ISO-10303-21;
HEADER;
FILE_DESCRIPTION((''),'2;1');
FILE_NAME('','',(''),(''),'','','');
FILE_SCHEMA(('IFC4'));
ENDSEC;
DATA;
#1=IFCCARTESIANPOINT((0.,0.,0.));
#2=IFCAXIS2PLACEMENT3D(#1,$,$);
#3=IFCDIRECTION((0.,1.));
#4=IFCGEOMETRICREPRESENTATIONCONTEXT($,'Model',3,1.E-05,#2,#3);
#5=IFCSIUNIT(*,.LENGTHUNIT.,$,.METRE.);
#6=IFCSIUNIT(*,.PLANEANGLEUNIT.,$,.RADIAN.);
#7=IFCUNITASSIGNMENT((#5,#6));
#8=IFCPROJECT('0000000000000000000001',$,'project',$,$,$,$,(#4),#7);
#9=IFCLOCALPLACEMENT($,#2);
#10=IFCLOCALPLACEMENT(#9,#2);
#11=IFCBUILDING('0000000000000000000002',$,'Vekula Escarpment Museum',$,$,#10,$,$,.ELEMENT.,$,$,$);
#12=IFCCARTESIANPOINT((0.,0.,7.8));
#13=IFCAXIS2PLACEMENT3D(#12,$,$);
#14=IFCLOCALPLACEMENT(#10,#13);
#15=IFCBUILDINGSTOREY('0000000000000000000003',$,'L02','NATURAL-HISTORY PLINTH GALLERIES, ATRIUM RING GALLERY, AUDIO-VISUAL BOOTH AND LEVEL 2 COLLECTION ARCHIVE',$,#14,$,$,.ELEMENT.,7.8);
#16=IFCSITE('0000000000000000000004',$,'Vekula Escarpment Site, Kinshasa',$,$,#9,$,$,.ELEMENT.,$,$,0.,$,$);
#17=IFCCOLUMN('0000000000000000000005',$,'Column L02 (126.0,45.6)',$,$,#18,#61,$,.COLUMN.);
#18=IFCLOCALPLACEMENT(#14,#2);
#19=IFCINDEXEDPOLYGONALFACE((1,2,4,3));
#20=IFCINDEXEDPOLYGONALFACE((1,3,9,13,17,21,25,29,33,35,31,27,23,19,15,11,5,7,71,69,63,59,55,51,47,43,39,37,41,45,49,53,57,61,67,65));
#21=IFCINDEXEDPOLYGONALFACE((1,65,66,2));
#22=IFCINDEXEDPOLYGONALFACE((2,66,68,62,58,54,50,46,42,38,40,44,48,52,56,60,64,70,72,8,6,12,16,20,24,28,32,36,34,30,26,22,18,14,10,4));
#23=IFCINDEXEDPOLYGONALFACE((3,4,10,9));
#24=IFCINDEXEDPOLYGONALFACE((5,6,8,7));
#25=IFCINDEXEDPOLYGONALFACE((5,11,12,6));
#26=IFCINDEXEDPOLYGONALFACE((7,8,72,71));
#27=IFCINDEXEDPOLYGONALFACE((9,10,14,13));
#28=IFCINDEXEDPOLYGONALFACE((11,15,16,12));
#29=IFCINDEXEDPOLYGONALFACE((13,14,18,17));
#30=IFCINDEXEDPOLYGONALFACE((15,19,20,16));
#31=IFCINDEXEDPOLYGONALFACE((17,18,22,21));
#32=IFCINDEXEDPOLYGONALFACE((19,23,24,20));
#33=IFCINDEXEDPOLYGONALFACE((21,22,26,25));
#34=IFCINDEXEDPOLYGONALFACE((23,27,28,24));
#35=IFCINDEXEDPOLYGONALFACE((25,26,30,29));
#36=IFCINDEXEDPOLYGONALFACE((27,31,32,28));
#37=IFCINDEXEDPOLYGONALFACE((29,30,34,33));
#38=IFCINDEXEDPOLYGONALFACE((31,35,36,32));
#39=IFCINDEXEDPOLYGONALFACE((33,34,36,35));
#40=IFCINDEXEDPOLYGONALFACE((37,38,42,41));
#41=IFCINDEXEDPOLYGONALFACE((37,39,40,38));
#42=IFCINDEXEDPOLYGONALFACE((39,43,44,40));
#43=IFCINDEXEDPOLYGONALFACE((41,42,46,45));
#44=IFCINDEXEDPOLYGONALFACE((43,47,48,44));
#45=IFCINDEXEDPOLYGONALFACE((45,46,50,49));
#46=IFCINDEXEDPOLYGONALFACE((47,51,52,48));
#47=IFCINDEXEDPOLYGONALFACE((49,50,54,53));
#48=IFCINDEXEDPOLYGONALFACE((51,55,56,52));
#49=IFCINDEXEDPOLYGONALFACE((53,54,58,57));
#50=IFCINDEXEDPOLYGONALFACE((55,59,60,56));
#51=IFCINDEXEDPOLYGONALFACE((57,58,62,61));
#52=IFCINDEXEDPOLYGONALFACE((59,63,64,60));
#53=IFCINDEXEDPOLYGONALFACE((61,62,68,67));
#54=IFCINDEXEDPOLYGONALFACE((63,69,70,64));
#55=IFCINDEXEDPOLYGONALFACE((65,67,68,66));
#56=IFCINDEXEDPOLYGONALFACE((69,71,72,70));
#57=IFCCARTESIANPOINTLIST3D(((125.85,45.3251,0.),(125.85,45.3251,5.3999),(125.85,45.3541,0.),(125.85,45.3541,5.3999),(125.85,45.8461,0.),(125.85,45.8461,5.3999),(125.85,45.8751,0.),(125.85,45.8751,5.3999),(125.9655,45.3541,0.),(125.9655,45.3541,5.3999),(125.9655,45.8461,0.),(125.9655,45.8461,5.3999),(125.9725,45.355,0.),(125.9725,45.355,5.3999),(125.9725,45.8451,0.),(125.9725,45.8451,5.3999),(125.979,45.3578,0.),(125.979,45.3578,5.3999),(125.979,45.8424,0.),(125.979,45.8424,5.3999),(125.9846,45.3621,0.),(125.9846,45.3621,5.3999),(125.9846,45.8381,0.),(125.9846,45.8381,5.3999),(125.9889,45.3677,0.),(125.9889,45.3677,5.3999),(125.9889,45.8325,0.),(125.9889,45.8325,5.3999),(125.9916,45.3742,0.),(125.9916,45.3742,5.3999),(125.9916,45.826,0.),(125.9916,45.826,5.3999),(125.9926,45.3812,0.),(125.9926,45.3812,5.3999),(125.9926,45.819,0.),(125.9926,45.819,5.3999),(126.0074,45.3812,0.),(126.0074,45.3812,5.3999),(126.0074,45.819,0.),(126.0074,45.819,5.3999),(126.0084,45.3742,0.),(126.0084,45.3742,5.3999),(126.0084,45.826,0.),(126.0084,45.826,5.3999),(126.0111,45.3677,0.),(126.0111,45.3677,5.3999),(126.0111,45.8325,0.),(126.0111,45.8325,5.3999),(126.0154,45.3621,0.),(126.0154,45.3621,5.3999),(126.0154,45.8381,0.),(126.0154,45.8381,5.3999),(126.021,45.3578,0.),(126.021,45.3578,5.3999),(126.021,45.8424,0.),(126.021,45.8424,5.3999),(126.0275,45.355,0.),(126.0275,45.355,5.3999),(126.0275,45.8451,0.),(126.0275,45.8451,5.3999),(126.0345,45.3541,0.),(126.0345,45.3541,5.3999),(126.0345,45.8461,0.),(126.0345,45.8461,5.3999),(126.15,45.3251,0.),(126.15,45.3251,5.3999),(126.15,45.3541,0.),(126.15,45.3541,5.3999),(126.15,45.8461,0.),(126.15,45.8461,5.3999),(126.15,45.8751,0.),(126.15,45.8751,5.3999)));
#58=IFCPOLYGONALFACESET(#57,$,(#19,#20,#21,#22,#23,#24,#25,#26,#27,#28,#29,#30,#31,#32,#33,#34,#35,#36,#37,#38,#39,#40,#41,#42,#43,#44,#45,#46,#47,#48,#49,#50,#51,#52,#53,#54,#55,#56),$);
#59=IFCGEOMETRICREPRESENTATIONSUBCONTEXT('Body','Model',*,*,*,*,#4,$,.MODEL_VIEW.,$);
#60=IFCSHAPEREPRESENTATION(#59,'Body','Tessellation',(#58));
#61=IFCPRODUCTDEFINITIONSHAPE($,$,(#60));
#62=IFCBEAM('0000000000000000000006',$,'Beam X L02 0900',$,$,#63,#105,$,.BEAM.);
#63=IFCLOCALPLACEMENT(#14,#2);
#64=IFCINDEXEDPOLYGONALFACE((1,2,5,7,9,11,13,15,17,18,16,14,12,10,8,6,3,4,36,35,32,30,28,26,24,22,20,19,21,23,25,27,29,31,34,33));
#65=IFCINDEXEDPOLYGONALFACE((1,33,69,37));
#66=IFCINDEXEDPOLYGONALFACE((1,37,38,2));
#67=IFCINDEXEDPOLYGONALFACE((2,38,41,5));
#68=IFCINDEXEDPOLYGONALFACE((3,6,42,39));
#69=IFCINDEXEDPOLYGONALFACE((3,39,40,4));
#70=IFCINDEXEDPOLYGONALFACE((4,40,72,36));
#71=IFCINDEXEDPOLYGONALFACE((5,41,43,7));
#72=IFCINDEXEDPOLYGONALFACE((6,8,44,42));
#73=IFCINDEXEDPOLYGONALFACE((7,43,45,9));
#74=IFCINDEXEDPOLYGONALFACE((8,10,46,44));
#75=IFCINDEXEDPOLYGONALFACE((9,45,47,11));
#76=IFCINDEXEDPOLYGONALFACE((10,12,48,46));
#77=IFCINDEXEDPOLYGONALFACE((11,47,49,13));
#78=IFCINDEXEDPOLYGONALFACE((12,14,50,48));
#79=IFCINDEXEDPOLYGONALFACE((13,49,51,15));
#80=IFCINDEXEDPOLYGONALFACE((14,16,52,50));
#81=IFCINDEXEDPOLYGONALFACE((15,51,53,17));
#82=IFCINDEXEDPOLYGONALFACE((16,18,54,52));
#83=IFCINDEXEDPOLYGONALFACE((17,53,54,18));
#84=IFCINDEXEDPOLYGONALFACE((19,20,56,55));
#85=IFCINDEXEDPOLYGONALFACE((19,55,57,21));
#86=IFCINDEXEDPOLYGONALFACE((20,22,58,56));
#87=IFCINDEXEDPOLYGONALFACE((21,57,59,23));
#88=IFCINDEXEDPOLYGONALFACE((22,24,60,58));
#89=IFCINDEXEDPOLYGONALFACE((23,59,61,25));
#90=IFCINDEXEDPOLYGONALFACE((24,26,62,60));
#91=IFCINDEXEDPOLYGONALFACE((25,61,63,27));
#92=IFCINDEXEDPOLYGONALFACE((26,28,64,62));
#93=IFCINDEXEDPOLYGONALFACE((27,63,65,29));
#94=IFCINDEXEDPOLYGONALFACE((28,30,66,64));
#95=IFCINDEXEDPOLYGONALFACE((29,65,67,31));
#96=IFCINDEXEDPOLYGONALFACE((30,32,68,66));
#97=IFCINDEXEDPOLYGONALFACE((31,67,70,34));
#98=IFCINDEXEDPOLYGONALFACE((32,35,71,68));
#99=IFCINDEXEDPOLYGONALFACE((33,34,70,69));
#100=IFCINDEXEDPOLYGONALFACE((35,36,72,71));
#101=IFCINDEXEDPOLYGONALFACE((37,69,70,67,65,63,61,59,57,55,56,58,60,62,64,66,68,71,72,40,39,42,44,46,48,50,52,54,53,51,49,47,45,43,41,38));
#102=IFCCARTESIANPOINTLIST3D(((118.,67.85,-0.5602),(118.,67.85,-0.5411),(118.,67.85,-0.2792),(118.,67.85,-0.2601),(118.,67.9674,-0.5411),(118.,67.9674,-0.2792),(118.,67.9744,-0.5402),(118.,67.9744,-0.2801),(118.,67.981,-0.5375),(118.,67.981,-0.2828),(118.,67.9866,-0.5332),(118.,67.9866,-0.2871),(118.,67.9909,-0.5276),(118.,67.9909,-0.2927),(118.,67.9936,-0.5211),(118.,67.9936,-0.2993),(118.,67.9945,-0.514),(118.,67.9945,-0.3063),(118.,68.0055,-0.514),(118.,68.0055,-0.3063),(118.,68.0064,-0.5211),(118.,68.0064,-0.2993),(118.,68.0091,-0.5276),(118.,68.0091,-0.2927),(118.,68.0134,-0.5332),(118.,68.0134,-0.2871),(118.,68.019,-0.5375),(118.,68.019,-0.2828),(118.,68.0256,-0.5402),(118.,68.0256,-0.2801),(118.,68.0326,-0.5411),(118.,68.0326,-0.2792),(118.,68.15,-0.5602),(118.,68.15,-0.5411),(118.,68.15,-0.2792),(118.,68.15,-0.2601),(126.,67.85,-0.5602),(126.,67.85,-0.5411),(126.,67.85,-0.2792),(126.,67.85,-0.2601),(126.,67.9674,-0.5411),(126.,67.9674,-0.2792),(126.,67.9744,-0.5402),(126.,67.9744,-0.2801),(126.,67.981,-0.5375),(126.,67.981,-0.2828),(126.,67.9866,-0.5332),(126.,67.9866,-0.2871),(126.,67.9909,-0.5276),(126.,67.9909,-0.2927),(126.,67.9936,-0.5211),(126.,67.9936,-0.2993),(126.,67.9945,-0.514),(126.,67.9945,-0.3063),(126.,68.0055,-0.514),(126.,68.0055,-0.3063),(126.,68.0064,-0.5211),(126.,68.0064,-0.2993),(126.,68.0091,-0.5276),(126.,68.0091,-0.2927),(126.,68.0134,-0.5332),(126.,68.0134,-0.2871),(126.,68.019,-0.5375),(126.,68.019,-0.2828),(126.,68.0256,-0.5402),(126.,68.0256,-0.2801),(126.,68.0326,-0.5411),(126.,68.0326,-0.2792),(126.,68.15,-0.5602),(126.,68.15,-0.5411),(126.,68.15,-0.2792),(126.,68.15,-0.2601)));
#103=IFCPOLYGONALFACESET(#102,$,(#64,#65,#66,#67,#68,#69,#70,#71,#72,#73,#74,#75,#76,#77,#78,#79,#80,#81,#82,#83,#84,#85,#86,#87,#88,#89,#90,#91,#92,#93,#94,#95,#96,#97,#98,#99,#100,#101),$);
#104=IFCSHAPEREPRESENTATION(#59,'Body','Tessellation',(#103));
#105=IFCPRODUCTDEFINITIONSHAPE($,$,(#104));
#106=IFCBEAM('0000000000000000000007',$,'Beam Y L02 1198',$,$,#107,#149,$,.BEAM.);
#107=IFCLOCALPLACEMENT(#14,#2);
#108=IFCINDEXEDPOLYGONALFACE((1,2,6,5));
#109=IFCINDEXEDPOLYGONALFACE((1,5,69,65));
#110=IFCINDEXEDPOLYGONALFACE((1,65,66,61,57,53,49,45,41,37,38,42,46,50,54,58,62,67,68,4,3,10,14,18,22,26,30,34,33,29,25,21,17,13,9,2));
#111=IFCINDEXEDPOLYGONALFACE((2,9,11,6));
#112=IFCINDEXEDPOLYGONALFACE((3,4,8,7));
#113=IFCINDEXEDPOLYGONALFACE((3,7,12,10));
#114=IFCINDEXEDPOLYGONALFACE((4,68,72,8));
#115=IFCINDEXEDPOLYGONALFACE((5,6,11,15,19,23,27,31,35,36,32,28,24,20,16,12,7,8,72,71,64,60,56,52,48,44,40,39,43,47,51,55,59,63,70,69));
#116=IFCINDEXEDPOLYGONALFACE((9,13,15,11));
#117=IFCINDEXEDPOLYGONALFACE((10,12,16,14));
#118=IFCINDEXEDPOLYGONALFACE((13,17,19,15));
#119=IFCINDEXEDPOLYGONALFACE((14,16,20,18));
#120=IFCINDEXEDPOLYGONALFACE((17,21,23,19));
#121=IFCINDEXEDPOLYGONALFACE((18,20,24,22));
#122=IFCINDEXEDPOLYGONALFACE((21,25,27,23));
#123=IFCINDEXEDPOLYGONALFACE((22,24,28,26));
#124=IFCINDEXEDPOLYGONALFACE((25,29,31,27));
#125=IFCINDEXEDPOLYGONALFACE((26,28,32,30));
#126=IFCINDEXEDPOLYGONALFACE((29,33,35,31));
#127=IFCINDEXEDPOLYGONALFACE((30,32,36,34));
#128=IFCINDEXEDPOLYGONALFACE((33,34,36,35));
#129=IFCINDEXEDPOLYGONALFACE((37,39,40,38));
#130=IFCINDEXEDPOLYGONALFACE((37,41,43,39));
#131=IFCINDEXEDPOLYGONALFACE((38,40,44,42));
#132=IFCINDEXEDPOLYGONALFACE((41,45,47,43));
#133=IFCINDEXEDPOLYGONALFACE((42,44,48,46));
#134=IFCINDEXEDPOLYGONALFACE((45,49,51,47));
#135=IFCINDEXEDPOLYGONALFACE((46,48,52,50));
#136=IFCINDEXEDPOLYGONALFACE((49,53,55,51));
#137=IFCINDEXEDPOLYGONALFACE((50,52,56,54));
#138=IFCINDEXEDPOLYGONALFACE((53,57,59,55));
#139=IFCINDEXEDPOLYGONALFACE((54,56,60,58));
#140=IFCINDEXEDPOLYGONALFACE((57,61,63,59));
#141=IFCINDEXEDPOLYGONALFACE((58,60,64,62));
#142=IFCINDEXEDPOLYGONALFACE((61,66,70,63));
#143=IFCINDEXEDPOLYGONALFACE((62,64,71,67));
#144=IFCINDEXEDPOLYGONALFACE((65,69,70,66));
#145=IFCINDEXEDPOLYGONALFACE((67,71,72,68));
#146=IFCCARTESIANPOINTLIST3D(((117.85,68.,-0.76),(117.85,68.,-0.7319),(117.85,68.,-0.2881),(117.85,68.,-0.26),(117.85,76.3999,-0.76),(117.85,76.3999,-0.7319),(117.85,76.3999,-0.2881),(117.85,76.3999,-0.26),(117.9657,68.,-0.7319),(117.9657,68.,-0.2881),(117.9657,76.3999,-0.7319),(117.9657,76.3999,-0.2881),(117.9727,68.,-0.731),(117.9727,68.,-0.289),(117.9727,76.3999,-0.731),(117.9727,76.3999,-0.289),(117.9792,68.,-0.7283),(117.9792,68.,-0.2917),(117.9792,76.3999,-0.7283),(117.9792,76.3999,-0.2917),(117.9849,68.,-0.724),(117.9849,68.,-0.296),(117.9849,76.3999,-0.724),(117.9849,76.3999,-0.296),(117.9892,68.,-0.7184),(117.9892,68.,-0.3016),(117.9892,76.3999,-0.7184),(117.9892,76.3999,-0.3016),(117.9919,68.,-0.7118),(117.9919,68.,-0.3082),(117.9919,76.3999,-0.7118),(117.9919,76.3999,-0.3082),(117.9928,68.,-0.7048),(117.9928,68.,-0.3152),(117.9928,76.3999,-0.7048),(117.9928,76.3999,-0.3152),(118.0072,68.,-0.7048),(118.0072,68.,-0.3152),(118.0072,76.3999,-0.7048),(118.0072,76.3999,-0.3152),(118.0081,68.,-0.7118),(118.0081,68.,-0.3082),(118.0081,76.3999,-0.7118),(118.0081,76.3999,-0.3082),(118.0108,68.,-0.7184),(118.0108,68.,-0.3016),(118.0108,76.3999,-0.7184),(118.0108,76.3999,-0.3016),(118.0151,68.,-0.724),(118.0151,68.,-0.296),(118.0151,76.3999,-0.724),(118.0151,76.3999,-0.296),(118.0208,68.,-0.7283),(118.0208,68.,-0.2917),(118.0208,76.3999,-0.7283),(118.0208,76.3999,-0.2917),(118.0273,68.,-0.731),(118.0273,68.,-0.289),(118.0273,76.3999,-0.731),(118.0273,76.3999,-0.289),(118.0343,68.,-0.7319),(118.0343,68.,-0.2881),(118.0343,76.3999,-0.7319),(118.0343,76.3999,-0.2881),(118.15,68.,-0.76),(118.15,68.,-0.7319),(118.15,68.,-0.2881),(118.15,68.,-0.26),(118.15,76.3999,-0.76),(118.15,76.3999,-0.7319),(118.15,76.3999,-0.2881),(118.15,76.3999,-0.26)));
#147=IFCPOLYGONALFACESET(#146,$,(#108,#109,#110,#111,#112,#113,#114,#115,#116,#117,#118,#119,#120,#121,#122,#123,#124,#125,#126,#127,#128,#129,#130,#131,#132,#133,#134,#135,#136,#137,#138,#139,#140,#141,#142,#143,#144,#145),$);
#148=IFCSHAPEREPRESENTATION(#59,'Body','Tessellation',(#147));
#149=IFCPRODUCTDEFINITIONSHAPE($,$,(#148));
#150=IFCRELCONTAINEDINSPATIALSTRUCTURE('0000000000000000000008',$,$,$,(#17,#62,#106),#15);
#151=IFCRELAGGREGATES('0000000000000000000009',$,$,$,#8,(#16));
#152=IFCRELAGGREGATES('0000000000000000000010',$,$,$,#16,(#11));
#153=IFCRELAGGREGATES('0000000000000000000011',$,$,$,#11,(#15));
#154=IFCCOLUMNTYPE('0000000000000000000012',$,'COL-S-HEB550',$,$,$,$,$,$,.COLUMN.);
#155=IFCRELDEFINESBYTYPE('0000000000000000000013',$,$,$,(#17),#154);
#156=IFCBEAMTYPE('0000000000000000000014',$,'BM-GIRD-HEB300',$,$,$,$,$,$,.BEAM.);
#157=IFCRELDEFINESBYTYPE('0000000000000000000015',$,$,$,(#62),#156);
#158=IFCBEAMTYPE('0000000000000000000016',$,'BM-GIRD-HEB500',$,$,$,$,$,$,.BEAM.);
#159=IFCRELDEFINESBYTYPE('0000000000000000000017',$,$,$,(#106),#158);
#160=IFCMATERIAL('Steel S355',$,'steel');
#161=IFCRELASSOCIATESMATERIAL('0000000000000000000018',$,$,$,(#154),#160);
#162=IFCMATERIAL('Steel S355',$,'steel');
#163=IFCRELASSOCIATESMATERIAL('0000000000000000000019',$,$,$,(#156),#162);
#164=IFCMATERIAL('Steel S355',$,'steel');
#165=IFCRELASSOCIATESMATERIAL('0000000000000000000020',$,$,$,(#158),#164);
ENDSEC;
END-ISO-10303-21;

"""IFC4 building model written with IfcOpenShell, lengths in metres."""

from ifc_helpers import new_model, si_unit, direction, frame, origin, origin_2d, place, context, subcontext, project, spatial, i_section, extrude, material, material_profile, profile_set, type_object, element, save


model = new_model("IFC4")

# Units and contexts
model_context = context("Model", 3, precision=1e-05, world=origin(), true_north=direction((0.0, 1.0)))
body_context = subcontext(model_context, "Body", "Model", "MODEL_VIEW")
ifc_project = project(units=[si_unit("LENGTHUNIT", "METRE"), si_unit("PLANEANGLEUNIT", "RADIAN")], contexts=[model_context])

# Site, building, storey
site_placement = place(None, origin())
site = spatial("IfcSite", under=ifc_project, at=site_placement, Name="Vekula Escarpment Site, Kinshasa", CompositionType="ELEMENT", RefElevation=0.0)
building_placement = place(site_placement, origin())
building = spatial("IfcBuilding", under=site, at=building_placement, Name="Vekula Escarpment Museum", CompositionType="ELEMENT")
storey_placement = place(building_placement, frame((0.0, 0.0, 7.8)))
storey = spatial("IfcBuildingStorey", under=building, at=storey_placement, Name="L02", Description="NATURAL-HISTORY PLINTH GALLERIES, ATRIUM RING GALLERY, AUDIO-VISUAL BOOTH AND LEVEL 2 COLLECTION ARCHIVE", CompositionType="ELEMENT", Elevation=7.8)

# Column
ifc_material_1 = material(Name="Steel S355", Category="steel")
ifc_material_profile_1 = material_profile(ifc_material_1, i_section(OverallWidth=0.3, OverallDepth=0.55, WebThickness=0.0149, FlangeThickness=0.0291, FilletRadius=0.0271, at=origin_2d()), Name="HEB 550")
ifc_profile_set_1 = profile_set([ifc_material_profile_1], Name="Steel S355")
column_type = type_object("IfcColumnType", Name="COL-S-HEB550", PredefinedType="COLUMN", material=ifc_profile_set_1)
column_placement = place(storey_placement, frame((126.0, 45.6001, 0.0), z_axis=(0.0, 0.0, 1.0), x_axis=(1.0, 0.0, 0.0)))
element("IfcColumn", 1, at=column_placement, inside=storey, type_object=column_type, Name="Column L02 (126.0,45.6)", PredefinedType="COLUMN", context=body_context, shape_type="SweptSolid", body=[
    extrude(i_section(OverallWidth=0.3, OverallDepth=0.55, WebThickness=0.0149, FlangeThickness=0.0291, FilletRadius=0.0271, at=origin_2d()), origin(), (0.0, 0.0, 1.0), 5.3999),
])

# Beams
ifc_material_2 = material(Name="Steel S355", Category="steel")
ifc_material_profile_2 = material_profile(ifc_material_2, i_section(OverallWidth=0.3, OverallDepth=0.3, WebThickness=0.011, FlangeThickness=0.019, FilletRadius=0.0271, at=origin_2d()), Name="HEB 300")
ifc_profile_set_2 = profile_set([ifc_material_profile_2], Name="Steel S355")
beam_type_1 = type_object("IfcBeamType", Name="BM-GIRD-HEB300", PredefinedType="BEAM", material=ifc_profile_set_2)
beam_1_placement = place(storey_placement, frame((118.0, 68.0, -0.4102), z_axis=(1.0, 0.0, 0.0), x_axis=(0.0, 1.0, 0.0)))
element("IfcBeam", 2, at=beam_1_placement, inside=storey, type_object=beam_type_1, Name="Beam X L02 0900", PredefinedType="BEAM", context=body_context, shape_type="SweptSolid", body=[
    extrude(i_section(OverallWidth=0.3, OverallDepth=0.3, WebThickness=0.011, FlangeThickness=0.019, FilletRadius=0.0271, at=origin_2d()), origin(), (0.0, 0.0, 1.0), 8.0),
])
ifc_material_3 = material(Name="Steel S355", Category="steel")
ifc_material_profile_3 = material_profile(ifc_material_3, i_section(OverallWidth=0.3, OverallDepth=0.5, WebThickness=0.0144, FlangeThickness=0.0281, FilletRadius=0.0271, at=origin_2d()), Name="HEB 500")
ifc_profile_set_3 = profile_set([ifc_material_profile_3], Name="Steel S355")
beam_type_2 = type_object("IfcBeamType", Name="BM-GIRD-HEB500", PredefinedType="BEAM", material=ifc_profile_set_3)
beam_2_placement = place(storey_placement, frame((118.0, 68.0, -0.51), z_axis=(0.0, 1.0, 0.0), x_axis=(-1.0, 0.0, 0.0)))
element("IfcBeam", 3, at=beam_2_placement, inside=storey, type_object=beam_type_2, Name="Beam Y L02 1198", PredefinedType="BEAM", context=body_context, shape_type="SweptSolid", body=[
    extrude(i_section(OverallWidth=0.3, OverallDepth=0.5, WebThickness=0.0144, FlangeThickness=0.0281, FilletRadius=0.0271, at=origin_2d()), origin(), (0.0, 0.0, 1.0), 8.3999),
])

save(model, "model.ifc")
